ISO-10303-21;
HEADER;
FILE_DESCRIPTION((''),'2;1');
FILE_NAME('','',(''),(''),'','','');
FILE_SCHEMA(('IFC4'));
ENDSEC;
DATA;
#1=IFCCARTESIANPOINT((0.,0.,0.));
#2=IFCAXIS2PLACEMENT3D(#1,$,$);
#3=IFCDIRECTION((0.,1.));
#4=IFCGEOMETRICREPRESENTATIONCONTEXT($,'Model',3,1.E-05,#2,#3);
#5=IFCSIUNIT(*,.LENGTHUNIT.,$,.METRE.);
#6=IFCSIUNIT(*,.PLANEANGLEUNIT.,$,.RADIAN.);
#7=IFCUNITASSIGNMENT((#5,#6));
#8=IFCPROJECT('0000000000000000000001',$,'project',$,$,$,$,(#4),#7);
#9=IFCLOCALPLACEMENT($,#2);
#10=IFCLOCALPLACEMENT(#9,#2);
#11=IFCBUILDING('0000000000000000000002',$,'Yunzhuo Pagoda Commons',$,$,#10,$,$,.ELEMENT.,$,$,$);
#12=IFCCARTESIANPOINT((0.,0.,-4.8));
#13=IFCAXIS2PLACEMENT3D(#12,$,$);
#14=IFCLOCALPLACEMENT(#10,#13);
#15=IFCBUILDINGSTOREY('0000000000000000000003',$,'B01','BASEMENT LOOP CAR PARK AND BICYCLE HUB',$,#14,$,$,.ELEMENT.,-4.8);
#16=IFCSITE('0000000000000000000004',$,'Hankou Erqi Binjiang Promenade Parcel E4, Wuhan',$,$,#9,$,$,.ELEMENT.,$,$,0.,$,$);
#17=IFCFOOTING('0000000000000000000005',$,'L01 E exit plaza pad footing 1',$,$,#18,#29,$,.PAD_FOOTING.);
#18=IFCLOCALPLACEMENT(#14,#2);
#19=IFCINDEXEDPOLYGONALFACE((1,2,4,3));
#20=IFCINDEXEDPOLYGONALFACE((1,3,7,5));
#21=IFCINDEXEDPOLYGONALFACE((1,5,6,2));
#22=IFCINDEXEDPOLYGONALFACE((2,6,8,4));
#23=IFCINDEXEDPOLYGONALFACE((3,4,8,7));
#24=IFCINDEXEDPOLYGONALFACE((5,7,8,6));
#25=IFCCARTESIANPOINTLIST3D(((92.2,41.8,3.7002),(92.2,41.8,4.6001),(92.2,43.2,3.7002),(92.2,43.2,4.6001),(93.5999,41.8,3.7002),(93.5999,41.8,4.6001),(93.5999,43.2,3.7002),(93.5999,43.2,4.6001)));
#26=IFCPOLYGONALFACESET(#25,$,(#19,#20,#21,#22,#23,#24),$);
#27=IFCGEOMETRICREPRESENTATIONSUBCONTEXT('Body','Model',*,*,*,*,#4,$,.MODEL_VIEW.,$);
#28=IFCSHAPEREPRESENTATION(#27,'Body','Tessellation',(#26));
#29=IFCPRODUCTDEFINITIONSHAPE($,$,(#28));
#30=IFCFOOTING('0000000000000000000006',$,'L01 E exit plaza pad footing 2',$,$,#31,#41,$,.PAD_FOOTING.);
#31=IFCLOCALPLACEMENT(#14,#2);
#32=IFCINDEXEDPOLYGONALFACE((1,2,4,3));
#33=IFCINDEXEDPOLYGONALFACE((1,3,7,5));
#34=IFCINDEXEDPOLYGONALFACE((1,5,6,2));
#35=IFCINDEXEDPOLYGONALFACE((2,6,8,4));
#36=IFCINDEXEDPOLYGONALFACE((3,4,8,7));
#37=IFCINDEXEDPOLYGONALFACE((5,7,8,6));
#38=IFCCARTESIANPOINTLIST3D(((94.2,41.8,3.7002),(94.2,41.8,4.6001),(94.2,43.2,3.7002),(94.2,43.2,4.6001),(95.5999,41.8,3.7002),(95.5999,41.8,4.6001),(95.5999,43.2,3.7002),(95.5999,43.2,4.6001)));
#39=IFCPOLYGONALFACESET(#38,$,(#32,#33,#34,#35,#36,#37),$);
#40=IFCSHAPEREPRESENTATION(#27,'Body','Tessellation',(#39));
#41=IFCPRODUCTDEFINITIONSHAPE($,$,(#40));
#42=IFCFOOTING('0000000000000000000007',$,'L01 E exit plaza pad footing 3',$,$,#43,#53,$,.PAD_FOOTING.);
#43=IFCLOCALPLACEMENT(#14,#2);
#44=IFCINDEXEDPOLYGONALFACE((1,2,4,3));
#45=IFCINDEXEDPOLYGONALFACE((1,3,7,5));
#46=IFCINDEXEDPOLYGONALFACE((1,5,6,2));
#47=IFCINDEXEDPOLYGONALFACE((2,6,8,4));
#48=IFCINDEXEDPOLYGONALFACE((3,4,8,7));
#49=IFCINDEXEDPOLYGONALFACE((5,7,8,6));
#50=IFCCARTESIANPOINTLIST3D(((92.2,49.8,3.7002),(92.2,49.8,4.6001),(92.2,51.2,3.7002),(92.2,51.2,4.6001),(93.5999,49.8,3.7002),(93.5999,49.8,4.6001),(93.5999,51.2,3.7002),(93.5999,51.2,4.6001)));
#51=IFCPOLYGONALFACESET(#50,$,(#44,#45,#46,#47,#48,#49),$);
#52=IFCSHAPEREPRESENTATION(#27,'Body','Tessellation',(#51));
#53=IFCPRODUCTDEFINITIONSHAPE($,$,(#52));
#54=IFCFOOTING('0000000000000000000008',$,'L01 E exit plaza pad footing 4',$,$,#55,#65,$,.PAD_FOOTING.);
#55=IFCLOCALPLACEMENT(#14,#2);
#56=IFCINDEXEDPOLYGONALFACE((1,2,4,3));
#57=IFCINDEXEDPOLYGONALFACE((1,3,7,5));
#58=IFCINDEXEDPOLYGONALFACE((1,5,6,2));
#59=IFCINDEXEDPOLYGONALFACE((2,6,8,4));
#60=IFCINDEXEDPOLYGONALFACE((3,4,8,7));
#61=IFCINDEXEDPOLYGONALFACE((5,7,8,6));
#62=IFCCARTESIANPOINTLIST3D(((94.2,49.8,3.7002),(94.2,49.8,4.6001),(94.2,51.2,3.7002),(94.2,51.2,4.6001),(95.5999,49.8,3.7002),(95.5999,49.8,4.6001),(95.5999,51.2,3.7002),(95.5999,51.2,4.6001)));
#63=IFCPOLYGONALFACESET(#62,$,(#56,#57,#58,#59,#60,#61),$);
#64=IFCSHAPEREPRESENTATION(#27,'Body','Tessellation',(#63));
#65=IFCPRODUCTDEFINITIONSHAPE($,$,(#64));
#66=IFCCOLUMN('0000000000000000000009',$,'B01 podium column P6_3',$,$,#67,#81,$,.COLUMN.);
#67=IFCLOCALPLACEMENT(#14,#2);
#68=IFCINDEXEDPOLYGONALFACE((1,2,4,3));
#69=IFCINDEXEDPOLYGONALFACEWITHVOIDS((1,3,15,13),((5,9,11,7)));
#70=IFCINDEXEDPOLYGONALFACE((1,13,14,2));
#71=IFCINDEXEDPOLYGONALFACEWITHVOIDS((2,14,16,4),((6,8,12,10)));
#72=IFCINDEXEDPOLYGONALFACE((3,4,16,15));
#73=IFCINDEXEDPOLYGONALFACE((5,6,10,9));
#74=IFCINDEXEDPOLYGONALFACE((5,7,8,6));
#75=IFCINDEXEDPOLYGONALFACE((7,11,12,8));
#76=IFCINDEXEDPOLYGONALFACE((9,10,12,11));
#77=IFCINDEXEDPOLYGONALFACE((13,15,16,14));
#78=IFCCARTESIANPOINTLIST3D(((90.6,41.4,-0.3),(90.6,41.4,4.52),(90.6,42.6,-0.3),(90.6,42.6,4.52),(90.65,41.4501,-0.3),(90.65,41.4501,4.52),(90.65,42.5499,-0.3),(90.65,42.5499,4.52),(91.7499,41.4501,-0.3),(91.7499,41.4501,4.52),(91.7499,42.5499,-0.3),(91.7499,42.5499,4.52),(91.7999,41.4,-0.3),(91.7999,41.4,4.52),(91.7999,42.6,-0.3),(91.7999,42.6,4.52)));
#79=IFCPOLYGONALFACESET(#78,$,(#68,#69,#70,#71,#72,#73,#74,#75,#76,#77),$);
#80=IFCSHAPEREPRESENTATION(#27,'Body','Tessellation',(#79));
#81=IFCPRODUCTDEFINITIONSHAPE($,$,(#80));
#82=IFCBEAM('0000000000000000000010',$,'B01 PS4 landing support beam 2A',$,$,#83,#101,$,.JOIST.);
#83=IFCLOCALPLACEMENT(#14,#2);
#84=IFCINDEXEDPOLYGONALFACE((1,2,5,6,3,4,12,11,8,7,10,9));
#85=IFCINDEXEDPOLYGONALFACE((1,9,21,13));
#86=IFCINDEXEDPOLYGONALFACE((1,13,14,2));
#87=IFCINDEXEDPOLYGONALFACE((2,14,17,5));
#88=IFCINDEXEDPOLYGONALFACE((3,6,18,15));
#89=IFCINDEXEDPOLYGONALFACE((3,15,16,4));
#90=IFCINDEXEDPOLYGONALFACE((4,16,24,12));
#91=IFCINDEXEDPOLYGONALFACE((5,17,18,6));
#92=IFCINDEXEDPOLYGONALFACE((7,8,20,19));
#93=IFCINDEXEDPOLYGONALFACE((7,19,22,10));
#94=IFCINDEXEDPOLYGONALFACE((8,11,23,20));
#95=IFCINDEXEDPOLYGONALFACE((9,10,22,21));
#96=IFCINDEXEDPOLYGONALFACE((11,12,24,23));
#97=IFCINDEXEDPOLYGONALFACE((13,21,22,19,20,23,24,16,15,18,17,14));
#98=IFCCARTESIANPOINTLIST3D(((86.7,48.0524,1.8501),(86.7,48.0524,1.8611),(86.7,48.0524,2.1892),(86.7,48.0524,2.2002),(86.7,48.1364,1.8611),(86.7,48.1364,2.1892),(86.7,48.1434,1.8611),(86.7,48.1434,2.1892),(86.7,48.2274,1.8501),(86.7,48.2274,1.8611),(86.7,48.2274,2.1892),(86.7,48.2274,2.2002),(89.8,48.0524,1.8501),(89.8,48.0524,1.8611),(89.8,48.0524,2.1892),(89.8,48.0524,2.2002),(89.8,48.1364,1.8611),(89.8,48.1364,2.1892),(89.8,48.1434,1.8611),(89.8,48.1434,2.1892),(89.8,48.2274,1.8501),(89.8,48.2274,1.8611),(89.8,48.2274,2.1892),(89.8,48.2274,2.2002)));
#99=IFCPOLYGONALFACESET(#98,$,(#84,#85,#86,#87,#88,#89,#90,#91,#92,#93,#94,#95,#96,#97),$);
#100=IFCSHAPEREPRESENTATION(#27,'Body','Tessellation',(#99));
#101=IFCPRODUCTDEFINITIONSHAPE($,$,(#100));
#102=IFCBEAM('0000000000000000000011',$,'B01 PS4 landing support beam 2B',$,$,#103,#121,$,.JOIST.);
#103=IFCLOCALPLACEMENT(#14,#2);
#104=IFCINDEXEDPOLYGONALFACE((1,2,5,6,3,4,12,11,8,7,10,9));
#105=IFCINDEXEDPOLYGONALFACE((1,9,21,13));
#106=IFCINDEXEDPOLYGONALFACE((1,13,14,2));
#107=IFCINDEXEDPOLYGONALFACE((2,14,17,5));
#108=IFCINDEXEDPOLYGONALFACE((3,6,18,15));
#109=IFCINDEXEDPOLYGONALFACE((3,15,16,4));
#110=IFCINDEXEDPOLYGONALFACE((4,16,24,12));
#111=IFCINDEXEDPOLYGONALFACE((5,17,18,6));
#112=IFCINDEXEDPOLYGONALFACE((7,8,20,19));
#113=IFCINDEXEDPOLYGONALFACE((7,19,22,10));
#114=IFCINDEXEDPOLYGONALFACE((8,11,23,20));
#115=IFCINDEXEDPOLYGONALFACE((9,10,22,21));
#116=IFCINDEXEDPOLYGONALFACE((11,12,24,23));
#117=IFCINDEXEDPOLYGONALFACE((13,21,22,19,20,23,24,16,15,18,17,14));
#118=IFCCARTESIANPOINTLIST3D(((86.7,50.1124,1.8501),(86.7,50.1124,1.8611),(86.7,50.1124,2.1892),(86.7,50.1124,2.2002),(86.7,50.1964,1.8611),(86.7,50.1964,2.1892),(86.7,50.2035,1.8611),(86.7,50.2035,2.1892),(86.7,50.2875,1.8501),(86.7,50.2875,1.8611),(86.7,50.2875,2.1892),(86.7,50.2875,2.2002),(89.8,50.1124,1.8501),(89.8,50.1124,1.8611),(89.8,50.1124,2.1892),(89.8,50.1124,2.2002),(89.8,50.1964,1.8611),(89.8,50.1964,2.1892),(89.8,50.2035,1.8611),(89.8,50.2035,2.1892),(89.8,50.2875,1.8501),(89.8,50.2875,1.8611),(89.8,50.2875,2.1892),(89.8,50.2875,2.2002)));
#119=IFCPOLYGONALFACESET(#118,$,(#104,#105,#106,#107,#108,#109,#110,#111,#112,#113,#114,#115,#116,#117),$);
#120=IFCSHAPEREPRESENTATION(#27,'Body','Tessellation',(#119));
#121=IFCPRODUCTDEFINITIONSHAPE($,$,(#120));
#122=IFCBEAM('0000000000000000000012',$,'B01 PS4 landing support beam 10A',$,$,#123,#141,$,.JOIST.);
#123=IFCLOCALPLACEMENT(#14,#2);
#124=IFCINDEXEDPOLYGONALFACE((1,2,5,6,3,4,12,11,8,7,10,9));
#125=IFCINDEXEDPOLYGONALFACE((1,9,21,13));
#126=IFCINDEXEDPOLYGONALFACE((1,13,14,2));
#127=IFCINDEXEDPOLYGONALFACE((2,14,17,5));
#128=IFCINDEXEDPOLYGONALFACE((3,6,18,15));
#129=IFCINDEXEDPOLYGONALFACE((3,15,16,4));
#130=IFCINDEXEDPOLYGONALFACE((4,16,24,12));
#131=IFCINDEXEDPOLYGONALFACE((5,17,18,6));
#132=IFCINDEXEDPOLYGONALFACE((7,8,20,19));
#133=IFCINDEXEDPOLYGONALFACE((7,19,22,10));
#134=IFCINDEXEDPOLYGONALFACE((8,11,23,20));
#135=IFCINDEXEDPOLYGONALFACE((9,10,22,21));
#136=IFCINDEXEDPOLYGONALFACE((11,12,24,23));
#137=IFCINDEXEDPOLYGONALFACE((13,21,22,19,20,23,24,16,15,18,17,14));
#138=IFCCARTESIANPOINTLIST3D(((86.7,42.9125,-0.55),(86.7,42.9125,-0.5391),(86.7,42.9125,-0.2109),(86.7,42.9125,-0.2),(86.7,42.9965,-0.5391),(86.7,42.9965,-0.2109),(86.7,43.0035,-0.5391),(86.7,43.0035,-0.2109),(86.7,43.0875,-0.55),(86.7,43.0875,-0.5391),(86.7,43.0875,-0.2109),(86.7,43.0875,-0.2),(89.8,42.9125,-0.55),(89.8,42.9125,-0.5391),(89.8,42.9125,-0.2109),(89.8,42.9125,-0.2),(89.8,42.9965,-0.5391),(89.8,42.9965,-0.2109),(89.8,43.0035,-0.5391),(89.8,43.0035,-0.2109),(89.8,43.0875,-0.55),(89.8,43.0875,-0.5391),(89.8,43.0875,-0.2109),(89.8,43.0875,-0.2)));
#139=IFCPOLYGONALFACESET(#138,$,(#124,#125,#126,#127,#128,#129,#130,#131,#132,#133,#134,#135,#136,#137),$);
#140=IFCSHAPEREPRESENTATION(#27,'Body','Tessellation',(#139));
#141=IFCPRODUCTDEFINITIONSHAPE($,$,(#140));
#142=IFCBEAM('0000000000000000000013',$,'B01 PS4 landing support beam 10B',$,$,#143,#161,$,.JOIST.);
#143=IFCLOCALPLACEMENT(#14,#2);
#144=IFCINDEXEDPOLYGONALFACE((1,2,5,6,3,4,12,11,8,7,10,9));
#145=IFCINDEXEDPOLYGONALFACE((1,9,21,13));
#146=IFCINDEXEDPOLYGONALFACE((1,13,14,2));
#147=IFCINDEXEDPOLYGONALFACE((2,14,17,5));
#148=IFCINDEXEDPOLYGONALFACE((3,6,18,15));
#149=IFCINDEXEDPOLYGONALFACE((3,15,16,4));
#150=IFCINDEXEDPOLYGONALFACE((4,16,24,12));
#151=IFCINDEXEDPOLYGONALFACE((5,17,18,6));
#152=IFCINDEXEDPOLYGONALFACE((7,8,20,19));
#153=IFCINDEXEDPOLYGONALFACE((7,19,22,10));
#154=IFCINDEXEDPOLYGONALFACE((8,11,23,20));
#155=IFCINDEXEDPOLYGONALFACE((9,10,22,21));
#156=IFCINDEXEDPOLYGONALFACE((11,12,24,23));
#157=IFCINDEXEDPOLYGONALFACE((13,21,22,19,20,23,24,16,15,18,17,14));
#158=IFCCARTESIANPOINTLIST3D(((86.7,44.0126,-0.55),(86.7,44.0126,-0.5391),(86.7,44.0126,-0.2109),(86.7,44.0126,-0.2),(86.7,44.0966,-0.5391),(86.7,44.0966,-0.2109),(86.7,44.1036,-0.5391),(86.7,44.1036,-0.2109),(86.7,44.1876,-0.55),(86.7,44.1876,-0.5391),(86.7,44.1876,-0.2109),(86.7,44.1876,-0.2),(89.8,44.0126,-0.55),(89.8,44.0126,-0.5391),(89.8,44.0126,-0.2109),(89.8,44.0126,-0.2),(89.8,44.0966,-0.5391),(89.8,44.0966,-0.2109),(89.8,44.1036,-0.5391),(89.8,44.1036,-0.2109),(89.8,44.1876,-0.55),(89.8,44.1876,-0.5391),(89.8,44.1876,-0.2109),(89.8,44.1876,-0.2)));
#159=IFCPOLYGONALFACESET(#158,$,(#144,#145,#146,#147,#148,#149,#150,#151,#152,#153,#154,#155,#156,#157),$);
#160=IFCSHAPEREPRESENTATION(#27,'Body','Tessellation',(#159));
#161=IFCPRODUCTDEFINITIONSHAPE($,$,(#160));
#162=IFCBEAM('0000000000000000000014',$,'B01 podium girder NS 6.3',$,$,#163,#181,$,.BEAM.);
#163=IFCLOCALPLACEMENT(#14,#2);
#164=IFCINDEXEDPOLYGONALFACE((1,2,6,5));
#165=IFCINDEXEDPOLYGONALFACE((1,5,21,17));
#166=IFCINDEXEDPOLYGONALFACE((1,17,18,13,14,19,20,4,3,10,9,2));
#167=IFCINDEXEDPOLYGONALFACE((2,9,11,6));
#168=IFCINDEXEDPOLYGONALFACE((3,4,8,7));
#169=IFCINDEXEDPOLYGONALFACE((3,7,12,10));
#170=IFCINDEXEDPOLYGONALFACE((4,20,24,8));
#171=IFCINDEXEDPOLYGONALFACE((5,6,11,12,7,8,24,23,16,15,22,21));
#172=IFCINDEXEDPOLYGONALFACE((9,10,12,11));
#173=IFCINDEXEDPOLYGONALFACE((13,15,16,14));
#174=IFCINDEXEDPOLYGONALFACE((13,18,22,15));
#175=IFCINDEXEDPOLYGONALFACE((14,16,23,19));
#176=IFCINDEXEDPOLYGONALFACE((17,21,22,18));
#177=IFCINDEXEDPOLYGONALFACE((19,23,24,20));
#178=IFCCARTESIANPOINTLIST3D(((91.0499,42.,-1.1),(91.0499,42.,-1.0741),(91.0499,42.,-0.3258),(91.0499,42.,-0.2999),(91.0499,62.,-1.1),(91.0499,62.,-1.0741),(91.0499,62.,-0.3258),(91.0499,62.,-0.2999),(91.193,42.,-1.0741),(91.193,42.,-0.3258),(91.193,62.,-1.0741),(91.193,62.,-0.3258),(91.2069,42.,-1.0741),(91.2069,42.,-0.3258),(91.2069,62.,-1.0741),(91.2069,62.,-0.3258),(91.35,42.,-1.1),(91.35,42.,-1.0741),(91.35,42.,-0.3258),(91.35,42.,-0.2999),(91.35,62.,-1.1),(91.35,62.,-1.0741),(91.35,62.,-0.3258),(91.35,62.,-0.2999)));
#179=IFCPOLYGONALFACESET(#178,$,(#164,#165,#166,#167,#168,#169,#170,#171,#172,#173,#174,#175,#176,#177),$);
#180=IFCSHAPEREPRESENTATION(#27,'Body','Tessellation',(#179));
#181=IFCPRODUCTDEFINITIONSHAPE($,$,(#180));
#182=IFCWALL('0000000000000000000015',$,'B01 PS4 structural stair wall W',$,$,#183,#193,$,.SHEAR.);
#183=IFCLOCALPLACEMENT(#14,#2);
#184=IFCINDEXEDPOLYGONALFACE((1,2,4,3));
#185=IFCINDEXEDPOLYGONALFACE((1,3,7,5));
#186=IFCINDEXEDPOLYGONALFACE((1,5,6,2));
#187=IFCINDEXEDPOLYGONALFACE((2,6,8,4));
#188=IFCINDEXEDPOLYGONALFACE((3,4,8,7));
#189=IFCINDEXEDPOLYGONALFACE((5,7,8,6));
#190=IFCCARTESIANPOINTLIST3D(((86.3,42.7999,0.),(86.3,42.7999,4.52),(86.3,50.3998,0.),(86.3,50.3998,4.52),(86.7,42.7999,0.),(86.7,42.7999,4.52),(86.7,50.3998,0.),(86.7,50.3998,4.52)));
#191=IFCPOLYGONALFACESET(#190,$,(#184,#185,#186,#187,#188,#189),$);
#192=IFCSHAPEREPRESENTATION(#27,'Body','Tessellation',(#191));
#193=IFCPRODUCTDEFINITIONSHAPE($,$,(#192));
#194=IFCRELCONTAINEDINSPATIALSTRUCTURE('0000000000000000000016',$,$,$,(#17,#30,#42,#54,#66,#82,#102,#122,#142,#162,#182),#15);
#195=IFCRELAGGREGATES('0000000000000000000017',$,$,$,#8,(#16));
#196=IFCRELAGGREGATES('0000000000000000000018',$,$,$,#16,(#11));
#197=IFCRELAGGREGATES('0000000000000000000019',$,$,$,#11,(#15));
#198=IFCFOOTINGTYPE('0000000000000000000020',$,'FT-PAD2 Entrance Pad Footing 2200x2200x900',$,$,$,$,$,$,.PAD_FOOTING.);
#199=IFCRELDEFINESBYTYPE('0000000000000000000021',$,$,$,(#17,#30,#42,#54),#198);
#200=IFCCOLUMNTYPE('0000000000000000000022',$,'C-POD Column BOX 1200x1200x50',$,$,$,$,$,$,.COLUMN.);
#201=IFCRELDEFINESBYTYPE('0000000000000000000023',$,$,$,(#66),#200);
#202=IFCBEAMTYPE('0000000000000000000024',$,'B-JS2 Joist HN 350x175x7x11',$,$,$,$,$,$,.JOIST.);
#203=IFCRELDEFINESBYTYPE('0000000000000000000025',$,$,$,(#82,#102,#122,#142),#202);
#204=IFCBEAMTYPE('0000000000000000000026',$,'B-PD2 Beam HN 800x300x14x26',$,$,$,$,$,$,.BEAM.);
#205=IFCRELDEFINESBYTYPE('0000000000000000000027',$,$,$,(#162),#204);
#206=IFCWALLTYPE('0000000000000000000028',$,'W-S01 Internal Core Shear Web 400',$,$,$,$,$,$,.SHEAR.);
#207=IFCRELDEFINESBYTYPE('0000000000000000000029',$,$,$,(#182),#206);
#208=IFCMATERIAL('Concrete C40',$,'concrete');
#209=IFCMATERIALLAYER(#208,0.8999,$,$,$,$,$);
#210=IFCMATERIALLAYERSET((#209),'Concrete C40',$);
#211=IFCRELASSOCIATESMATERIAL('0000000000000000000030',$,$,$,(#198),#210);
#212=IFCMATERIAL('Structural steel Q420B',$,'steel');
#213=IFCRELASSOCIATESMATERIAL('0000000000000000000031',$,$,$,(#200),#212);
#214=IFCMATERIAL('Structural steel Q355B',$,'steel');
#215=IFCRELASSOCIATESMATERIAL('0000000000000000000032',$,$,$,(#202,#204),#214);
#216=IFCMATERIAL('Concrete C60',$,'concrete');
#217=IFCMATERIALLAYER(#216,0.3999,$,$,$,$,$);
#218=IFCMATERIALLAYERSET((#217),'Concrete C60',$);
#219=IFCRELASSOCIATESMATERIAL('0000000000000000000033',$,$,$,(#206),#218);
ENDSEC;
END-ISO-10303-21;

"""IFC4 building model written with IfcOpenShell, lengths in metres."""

from ifc_helpers import new_model, si_unit, direction, frame, frame_2d, origin, origin_2d, place, context, subcontext, project, spatial, rectangle, hollow_rectangle, i_section, extrude, source, transform, mapped, material, layer, layer_set, material_profile, profile_set, type_object, element, save


model = new_model("IFC4")

# Units and contexts
model_context = context("Model", 3, precision=1e-05, world=origin(), true_north=direction((0.0, 1.0)))
body_context = subcontext(model_context, "Body", "Model", "MODEL_VIEW")
ifc_project = project(units=[si_unit("LENGTHUNIT", "METRE"), si_unit("PLANEANGLEUNIT", "RADIAN")], contexts=[model_context])

# Site, building, storey
site_placement = place(None, origin())
site = spatial("IfcSite", under=ifc_project, at=site_placement, Name="Hankou Erqi Binjiang Promenade Parcel E4, Wuhan", CompositionType="ELEMENT", RefElevation=0.0)
building_placement = place(site_placement, origin())
building = spatial("IfcBuilding", under=site, at=building_placement, Name="Yunzhuo Pagoda Commons", CompositionType="ELEMENT")
storey_placement = place(building_placement, frame((0.0, 0.0, -4.8)))
storey = spatial("IfcBuildingStorey", under=building, at=storey_placement, Name="B01", Description="BASEMENT LOOP CAR PARK AND BICYCLE HUB", CompositionType="ELEMENT", Elevation=-4.8)

# Footings
ifc_material_1 = material(Name="Concrete C40", Category="concrete")
ifc_layer_1 = layer(ifc_material_1, 0.8999)
ifc_layer_set_1 = layer_set([ifc_layer_1], Name="Concrete C40")
footing_type = type_object("IfcFootingType", Name="FT-PAD2 Entrance Pad Footing 2200x2200x900", PredefinedType="PAD_FOOTING", material=ifc_layer_set_1)
shared_shape_1 = source(origin(), body_context, "Body", "SweptSolid", [
    extrude(rectangle(XDim=1.3999, YDim=1.3999, at=origin_2d()), origin(), (0.0, 0.0, 1.0), 0.8999),
])
for number, where, z_axis, x_axis, name in (
    (1, (92.8999, 42.5, 3.7002), (0.0, 0.0, 1.0), (1.0, 0.0, 0.0), "L01 E exit plaza pad footing 1"),
    (2, (94.8999, 42.5, 3.7002), (0.0, 0.0, 1.0), (1.0, 0.0, 0.0), "L01 E exit plaza pad footing 2"),
    (3, (92.8999, 50.5, 3.7002), (0.0, 0.0, 1.0), (1.0, 0.0, 0.0), "L01 E exit plaza pad footing 3"),
    (4, (94.8999, 50.5, 3.7002), (0.0, 0.0, 1.0), (1.0, 0.0, 0.0), "L01 E exit plaza pad footing 4"),
):
    element("IfcFooting", number, at=place(storey_placement, frame(where, z_axis=z_axis, x_axis=x_axis)), inside=storey, type_object=footing_type, Name=name, PredefinedType="PAD_FOOTING", context=body_context, shape_type="MappedRepresentation", body=[
        mapped(shared_shape_1, transform((0.0, 0.0, 0.0), scale=1.0)),
    ])

# Column
ifc_material_2 = material(Name="Structural steel Q420B", Category="steel")
ifc_material_profile_1 = material_profile(ifc_material_2, hollow_rectangle(XDim=1.2, YDim=1.2, WallThickness=0.05, at=origin_2d()), Name="Structural steel Q420B")
ifc_profile_set_1 = profile_set([ifc_material_profile_1], Name="Structural steel Q420B")
column_type = type_object("IfcColumnType", Name="C-POD Column BOX 1200x1200x50", PredefinedType="COLUMN", material=ifc_profile_set_1)
shared_shape_2 = source(origin(), body_context, "Body", "SweptSolid", [
    extrude(hollow_rectangle(XDim=1.2, YDim=1.2, WallThickness=0.05, at=origin_2d()), origin(), (0.0, 0.0, 1.0), 4.8201),
])
column_placement = place(storey_placement, frame((91.2, 42.0, -0.3), z_axis=(0.0, 0.0, 1.0), x_axis=(1.0, 0.0, 0.0)))
element("IfcColumn", 5, at=column_placement, inside=storey, type_object=column_type, Name="B01 podium column P6_3", PredefinedType="COLUMN", context=body_context, shape_type="MappedRepresentation", body=[
    mapped(shared_shape_2, transform((0.0, 0.0, 0.0), scale=1.0)),
])

# Beams
ifc_material_3 = material(Name="Structural steel Q355B", Category="steel")
ifc_material_profile_2 = material_profile(ifc_material_3, i_section(OverallWidth=0.175, OverallDepth=0.3501, WebThickness=0.0071, FlangeThickness=0.011, at=origin_2d()), Name="Structural steel Q355B")
ifc_profile_set_2 = profile_set([ifc_material_profile_2], Name="Structural steel Q355B")
beam_type_1 = type_object("IfcBeamType", Name="B-JS2 Joist HN 350x175x7x11", PredefinedType="JOIST", material=ifc_profile_set_2)
shared_shape_3 = source(origin(), body_context, "Body", "SweptSolid", [
    extrude(i_section(OverallWidth=0.175, OverallDepth=0.3501, WebThickness=0.0071, FlangeThickness=0.011, at=origin_2d()), origin(), (0.0, 0.0, 1.0), 3.1001),
])
for number, where, z_axis, x_axis, name in (
    (6, (86.7, 48.1399, 2.0251), (1.0, 0.0, 0.0), (0.0, 1.0, 0.0), "B01 PS4 landing support beam 2A"),
    (7, (86.7, 50.2, 2.0251), (1.0, 0.0, 0.0), (0.0, 1.0, 0.0), "B01 PS4 landing support beam 2B"),
    (8, (86.7, 43.0, -0.375), (1.0, 0.0, 0.0), (0.0, 1.0, 0.0), "B01 PS4 landing support beam 10A"),
    (9, (86.7, 44.1001, -0.375), (1.0, 0.0, 0.0), (0.0, 1.0, 0.0), "B01 PS4 landing support beam 10B"),
):
    element("IfcBeam", number, at=place(storey_placement, frame(where, z_axis=z_axis, x_axis=x_axis)), inside=storey, type_object=beam_type_1, Name=name, PredefinedType="JOIST", context=body_context, shape_type="MappedRepresentation", body=[
        mapped(shared_shape_3, transform((0.0, 0.0, 0.0), scale=1.0)),
    ])
ifc_material_profile_3 = material_profile(ifc_material_3, i_section(OverallWidth=0.3, OverallDepth=0.8, WebThickness=0.0139, FlangeThickness=0.0259, at=origin_2d()), Name="Structural steel Q355B")
ifc_profile_set_3 = profile_set([ifc_material_profile_3], Name="Structural steel Q355B")
beam_type_2 = type_object("IfcBeamType", Name="B-PD2 Beam HN 800x300x14x26", PredefinedType="BEAM", material=ifc_profile_set_3)
shared_shape_4 = source(origin(), body_context, "Body", "SweptSolid", [
    extrude(i_section(OverallWidth=0.3, OverallDepth=0.8, WebThickness=0.0139, FlangeThickness=0.0259, at=origin_2d()), origin(), (0.0, 0.0, 1.0), 20.0),
])
beam_placement = place(storey_placement, frame((91.2, 42.0, -0.7), z_axis=(0.0, 1.0, 0.0), x_axis=(-1.0, 0.0, 0.0)))
element("IfcBeam", 10, at=beam_placement, inside=storey, type_object=beam_type_2, Name="B01 podium girder NS 6.3", PredefinedType="BEAM", context=body_context, shape_type="MappedRepresentation", body=[
    mapped(shared_shape_4, transform((0.0, 0.0, 0.0), scale=1.0)),
])

# Wall
ifc_material_4 = material(Name="Concrete C60", Category="concrete")
ifc_layer_2 = layer(ifc_material_4, 0.3999)
ifc_layer_set_2 = layer_set([ifc_layer_2], Name="Concrete C60")
wall_type = type_object("IfcWallType", Name="W-S01 Internal Core Shear Web 400", PredefinedType="SHEAR", material=ifc_layer_set_2)
for number, where, z_axis, x_axis, name in (
    (11, (86.5, 42.8, 0.0), (0.0, 0.0, 1.0), (0.0, 1.0, 0.0), "B01 PS4 structural stair wall W"),
):
    element("IfcWall", number, at=place(storey_placement, frame(where, z_axis=z_axis, x_axis=x_axis)), inside=storey, type_object=wall_type, Name=name, PredefinedType="SHEAR", context=body_context, shape_type="SweptSolid", body=[
        extrude(rectangle(XDim=7.5999, YDim=0.3999, at=frame_2d((3.7998, 0.0))), origin(), (0.0, 0.0, 1.0), 4.52),
    ])

save(model, "model.ifc")
